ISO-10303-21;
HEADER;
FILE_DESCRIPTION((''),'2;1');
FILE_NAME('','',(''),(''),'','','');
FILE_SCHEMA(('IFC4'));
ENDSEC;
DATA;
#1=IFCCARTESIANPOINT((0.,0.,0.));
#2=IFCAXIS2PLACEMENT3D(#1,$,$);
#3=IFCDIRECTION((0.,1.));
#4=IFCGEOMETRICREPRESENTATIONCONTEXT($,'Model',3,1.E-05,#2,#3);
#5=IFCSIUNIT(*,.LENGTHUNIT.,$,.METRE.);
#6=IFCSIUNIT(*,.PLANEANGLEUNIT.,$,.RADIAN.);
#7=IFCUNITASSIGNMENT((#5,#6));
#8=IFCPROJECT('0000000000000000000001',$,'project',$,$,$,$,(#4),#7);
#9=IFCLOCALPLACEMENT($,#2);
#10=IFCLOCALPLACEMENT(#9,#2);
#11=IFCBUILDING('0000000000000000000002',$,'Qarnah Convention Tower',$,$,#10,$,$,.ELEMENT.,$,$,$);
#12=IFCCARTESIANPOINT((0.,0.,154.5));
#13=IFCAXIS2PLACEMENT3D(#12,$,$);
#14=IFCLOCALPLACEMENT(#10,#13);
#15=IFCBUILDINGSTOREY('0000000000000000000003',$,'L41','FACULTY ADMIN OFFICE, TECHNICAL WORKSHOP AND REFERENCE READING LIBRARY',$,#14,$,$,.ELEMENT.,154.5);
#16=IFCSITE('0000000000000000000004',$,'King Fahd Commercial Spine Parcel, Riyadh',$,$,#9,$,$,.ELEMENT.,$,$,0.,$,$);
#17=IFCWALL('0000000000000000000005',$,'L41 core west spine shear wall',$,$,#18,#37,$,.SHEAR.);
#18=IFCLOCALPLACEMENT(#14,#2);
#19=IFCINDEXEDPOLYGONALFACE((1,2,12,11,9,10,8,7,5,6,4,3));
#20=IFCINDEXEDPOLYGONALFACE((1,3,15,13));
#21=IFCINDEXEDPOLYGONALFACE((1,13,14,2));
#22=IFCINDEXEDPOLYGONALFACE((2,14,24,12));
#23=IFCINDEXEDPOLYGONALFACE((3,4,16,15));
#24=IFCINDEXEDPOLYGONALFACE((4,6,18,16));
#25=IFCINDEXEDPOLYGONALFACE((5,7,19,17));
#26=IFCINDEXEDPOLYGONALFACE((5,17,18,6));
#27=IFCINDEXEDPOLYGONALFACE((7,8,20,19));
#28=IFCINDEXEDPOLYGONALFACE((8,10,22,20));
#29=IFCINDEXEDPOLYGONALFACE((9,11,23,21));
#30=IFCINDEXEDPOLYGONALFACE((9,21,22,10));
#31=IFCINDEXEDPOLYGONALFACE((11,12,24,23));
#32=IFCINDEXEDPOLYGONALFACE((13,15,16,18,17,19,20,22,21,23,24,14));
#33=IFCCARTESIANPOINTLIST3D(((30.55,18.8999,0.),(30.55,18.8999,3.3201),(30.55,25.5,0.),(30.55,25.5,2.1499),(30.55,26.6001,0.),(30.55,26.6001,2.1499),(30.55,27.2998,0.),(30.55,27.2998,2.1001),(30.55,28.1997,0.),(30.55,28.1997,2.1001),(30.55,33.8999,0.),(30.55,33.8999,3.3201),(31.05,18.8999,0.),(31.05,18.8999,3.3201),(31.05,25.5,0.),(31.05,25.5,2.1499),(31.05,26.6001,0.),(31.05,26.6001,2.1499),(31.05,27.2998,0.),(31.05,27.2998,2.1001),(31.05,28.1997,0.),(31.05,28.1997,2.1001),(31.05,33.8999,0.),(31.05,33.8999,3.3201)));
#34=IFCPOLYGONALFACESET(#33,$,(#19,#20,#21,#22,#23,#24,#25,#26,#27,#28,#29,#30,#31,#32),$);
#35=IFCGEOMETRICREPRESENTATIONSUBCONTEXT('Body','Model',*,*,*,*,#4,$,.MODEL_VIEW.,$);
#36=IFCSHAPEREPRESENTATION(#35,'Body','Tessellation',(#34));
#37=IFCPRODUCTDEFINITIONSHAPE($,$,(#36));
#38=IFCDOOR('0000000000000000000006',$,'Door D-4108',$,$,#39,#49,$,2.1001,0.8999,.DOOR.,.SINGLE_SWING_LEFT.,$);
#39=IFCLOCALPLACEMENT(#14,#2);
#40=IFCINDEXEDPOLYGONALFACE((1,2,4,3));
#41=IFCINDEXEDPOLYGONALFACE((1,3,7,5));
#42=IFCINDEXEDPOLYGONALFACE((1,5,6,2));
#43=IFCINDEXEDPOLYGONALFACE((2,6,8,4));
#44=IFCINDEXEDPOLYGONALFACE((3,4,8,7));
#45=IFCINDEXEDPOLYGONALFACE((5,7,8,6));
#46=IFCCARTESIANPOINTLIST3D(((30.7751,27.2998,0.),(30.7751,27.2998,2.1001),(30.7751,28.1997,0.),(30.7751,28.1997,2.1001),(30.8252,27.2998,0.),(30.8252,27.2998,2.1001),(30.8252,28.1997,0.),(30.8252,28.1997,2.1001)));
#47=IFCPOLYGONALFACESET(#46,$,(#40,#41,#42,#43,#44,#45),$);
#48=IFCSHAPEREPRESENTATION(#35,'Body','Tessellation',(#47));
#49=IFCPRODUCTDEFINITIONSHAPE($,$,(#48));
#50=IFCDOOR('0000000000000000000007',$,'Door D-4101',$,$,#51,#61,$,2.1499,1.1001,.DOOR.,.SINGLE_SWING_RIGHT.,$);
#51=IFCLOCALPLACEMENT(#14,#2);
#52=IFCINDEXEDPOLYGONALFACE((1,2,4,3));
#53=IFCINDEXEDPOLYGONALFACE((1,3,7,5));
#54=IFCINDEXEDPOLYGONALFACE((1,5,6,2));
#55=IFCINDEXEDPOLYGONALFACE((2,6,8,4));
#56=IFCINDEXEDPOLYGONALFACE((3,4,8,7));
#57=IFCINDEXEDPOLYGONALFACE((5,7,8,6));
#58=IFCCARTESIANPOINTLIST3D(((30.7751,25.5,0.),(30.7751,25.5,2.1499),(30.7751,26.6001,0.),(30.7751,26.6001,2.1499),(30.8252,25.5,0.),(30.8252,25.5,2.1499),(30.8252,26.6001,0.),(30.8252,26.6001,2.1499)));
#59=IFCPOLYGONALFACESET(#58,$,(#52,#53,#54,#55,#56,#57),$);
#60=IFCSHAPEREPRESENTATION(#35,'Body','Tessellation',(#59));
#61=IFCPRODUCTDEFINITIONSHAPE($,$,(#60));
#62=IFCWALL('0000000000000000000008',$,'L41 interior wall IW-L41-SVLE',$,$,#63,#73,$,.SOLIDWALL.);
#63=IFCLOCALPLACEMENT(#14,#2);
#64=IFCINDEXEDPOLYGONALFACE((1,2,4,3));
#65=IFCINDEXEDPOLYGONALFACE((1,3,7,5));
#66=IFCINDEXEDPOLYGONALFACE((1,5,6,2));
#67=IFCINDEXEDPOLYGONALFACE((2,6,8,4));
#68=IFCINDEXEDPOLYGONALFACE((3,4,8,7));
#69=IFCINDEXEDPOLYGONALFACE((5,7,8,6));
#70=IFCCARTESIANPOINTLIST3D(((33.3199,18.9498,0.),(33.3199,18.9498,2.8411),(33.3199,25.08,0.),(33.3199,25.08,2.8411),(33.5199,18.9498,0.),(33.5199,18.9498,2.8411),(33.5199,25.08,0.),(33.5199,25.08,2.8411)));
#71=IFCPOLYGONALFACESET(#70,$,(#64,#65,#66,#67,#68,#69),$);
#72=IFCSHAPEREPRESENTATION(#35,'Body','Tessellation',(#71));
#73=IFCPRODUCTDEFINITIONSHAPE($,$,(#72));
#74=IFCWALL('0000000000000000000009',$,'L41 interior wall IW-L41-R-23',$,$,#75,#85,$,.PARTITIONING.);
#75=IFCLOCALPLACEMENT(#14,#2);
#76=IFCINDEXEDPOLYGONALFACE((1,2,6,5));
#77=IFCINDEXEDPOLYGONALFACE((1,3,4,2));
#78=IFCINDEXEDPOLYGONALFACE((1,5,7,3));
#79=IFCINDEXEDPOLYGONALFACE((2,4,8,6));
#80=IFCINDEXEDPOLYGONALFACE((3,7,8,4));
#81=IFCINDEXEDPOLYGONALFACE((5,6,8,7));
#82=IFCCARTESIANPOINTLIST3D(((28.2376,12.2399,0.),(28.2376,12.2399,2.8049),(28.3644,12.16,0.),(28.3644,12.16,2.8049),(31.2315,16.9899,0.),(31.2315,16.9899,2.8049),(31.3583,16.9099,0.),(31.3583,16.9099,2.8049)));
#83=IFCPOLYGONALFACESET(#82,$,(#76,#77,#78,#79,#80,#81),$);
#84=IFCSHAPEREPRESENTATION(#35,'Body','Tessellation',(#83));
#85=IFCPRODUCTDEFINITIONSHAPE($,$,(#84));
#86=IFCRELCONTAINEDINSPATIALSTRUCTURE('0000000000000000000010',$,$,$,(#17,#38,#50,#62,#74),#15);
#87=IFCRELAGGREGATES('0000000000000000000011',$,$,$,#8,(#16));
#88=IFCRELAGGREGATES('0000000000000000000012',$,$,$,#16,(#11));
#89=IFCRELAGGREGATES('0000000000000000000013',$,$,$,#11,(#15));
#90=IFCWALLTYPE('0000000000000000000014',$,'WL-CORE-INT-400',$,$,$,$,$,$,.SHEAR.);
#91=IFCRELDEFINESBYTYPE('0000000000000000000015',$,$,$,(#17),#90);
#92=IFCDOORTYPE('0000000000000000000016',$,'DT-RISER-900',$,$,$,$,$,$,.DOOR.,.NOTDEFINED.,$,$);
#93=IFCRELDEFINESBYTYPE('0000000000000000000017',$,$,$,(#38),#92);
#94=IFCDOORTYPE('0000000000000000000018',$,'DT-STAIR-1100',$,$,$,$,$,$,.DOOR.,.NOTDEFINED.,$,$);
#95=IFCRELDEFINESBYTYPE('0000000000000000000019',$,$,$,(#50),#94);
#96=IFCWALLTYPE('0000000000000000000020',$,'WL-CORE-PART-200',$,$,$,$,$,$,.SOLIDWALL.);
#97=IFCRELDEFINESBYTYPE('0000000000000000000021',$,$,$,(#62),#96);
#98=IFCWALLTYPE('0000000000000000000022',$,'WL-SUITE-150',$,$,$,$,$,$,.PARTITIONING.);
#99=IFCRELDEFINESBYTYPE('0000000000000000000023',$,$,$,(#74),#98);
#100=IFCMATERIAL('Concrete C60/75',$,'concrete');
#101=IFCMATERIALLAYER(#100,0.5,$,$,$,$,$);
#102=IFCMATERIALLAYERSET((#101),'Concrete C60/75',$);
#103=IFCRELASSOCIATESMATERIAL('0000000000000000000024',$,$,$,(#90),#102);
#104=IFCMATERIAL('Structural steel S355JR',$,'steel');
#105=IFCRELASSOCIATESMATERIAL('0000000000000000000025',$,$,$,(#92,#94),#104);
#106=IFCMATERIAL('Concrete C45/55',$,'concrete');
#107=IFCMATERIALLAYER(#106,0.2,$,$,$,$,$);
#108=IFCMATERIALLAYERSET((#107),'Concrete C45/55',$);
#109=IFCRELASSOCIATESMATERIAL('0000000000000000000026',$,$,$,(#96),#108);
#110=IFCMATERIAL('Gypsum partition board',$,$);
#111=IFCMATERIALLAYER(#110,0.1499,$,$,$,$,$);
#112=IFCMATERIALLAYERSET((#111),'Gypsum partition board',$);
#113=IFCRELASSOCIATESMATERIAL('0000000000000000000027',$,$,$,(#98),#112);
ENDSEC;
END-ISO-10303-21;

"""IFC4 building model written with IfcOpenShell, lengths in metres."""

from ifc_helpers import new_model, si_unit, direction, frame, frame_2d, origin, place, context, subcontext, project, spatial, rectangle, extrude, material, layer, layer_set, type_object, element, fill, save


model = new_model("IFC4")

# Units and contexts
model_context = context("Model", 3, precision=1e-05, world=origin(), true_north=direction((0.0, 1.0)))
body_context = subcontext(model_context, "Body", "Model", "MODEL_VIEW")
ifc_project = project(units=[si_unit("LENGTHUNIT", "METRE"), si_unit("PLANEANGLEUNIT", "RADIAN")], contexts=[model_context])

# Site, building, storey
site_placement = place(None, origin())
site = spatial("IfcSite", under=ifc_project, at=site_placement, Name="King Fahd Commercial Spine Parcel, Riyadh", CompositionType="ELEMENT", RefElevation=0.0)
building_placement = place(site_placement, origin())
building = spatial("IfcBuilding", under=site, at=building_placement, Name="Qarnah Convention Tower", CompositionType="ELEMENT")
storey_placement = place(building_placement, frame((0.0, 0.0, 154.5)))
storey = spatial("IfcBuildingStorey", under=building, at=storey_placement, Name="L41", Description="FACULTY ADMIN OFFICE, TECHNICAL WORKSHOP AND REFERENCE READING LIBRARY", CompositionType="ELEMENT", Elevation=154.5)

# Shared definitions
ifc_material_1 = material(Name="Concrete C60/75", Category="concrete")

# Shared definitions
ifc_material_2 = material(Name="Structural steel S355JR", Category="steel")

# Wall, openings, doors
ifc_layer_1 = layer(ifc_material_1, 0.5)
ifc_layer_set_1 = layer_set([ifc_layer_1], Name="Concrete C60/75")
wall_type_1 = type_object("IfcWallType", Name="WL-CORE-INT-400", PredefinedType="SHEAR", material=ifc_layer_set_1)
wall_1_placement = place(storey_placement, frame((30.8, 18.8999, 0.0), z_axis=(0.0, 0.0, 1.0), x_axis=(0.0, 1.0, 0.0)))
wall_1 = element("IfcWall", 1, at=wall_1_placement, inside=storey, type_object=wall_type_1, Name="L41 core west spine shear wall", PredefinedType="SHEAR", context=body_context, shape_type="SweptSolid", body=[
    extrude(rectangle(XDim=15.0, YDim=0.5, at=frame_2d((7.5, 0.0))), origin(), (0.0, 0.0, 1.0), 3.3201),
])
opening_1_placement = place(wall_1_placement, frame((6.6001, 0.0, 0.0)))
opening_1 = element("IfcOpeningElement", 2, at=opening_1_placement, cuts=wall_1, PredefinedType="OPENING", context=body_context, shape_type="SweptSolid", body=[
    extrude(rectangle(XDim=1.1001, YDim=2.1499, at=frame_2d((0.55, 1.075))), frame((0.0, 0.26, 0.0), z_axis=(0.0, -1.0, 0.0), x_axis=(1.0, 0.0, 0.0)), (0.0, 0.0, 1.0), 0.52),
])
opening_2_placement = place(wall_1_placement, frame((8.3999, 0.0, 0.0)))
opening_2 = element("IfcOpeningElement", 3, at=opening_2_placement, cuts=wall_1, PredefinedType="OPENING", context=body_context, shape_type="SweptSolid", body=[
    extrude(rectangle(XDim=0.8999, YDim=2.1001, at=frame_2d((0.45, 1.05))), frame((0.0, 0.26, 0.0), z_axis=(0.0, -1.0, 0.0), x_axis=(1.0, 0.0, 0.0)), (0.0, 0.0, 1.0), 0.52),
])
door_type_1 = type_object("IfcDoorType", Name="DT-RISER-900", OperationType="NOTDEFINED", PredefinedType="DOOR", material=ifc_material_2)
door_1_placement = place(opening_2_placement, origin())
door_1 = element("IfcDoor", 4, at=door_1_placement, inside=storey, type_object=door_type_1, Name="Door D-4108", OperationType="SINGLE_SWING_LEFT", OverallHeight=2.1001, OverallWidth=0.8999, PredefinedType="DOOR", context=body_context, shape_type="SweptSolid", body=[
    extrude(rectangle(XDim=0.8999, YDim=2.1001, at=frame_2d((0.45, 1.05))), frame((0.0, 0.0249, 0.0), z_axis=(0.0, -1.0, 0.0), x_axis=(1.0, 0.0, 0.0)), (0.0, 0.0, 1.0), 0.05),
])
fill(opening_2, door_1)
door_type_2 = type_object("IfcDoorType", Name="DT-STAIR-1100", OperationType="NOTDEFINED", PredefinedType="DOOR", material=ifc_material_2)
door_2_placement = place(opening_1_placement, origin())
door_2 = element("IfcDoor", 5, at=door_2_placement, inside=storey, type_object=door_type_2, Name="Door D-4101", OperationType="SINGLE_SWING_RIGHT", OverallHeight=2.1499, OverallWidth=1.1001, PredefinedType="DOOR", context=body_context, shape_type="SweptSolid", body=[
    extrude(rectangle(XDim=1.1001, YDim=2.1499, at=frame_2d((0.55, 1.075))), frame((0.0, 0.0249, 0.0), z_axis=(0.0, -1.0, 0.0), x_axis=(1.0, 0.0, 0.0)), (0.0, 0.0, 1.0), 0.05),
])
fill(opening_1, door_2)

# Walls
ifc_material_3 = material(Name="Concrete C45/55", Category="concrete")
ifc_layer_2 = layer(ifc_material_3, 0.2)
ifc_layer_set_2 = layer_set([ifc_layer_2], Name="Concrete C45/55")
wall_type_2 = type_object("IfcWallType", Name="WL-CORE-PART-200", PredefinedType="SOLIDWALL", material=ifc_layer_set_2)
wall_2_placement = place(storey_placement, frame((33.4199, 18.95, 0.0), z_axis=(0.0, 0.0, 1.0), x_axis=(0.0, 1.0, 0.0)))
element("IfcWall", 6, at=wall_2_placement, inside=storey, type_object=wall_type_2, Name="L41 interior wall IW-L41-SVLE", PredefinedType="SOLIDWALL", context=body_context, shape_type="SweptSolid", body=[
    extrude(rectangle(XDim=6.1301, YDim=0.2, at=frame_2d((3.0649, 0.0))), origin(), (0.0, 0.0, 1.0), 2.8411),
])
ifc_material_4 = material(Name="Gypsum partition board")
ifc_layer_3 = layer(ifc_material_4, 0.1499)
ifc_layer_set_3 = layer_set([ifc_layer_3], Name="Gypsum partition board")
wall_type_3 = type_object("IfcWallType", Name="WL-SUITE-150", PredefinedType="PARTITIONING", material=ifc_layer_set_3)
wall_3_placement = place(storey_placement, frame((28.301, 12.2, 0.0), z_axis=(0.0, 0.0, 1.0), x_axis=(0.533216, 0.845979, 0.0)))
element("IfcWall", 7, at=wall_3_placement, inside=storey, type_object=wall_type_3, Name="L41 interior wall IW-L41-R-23", PredefinedType="PARTITIONING", context=body_context, shape_type="SweptSolid", body=[
    extrude(rectangle(XDim=5.6147, YDim=0.1499, at=frame_2d((2.8074, 0.0))), origin(), (0.0, 0.0, 1.0), 2.8049),
])

save(model, "model.ifc")
